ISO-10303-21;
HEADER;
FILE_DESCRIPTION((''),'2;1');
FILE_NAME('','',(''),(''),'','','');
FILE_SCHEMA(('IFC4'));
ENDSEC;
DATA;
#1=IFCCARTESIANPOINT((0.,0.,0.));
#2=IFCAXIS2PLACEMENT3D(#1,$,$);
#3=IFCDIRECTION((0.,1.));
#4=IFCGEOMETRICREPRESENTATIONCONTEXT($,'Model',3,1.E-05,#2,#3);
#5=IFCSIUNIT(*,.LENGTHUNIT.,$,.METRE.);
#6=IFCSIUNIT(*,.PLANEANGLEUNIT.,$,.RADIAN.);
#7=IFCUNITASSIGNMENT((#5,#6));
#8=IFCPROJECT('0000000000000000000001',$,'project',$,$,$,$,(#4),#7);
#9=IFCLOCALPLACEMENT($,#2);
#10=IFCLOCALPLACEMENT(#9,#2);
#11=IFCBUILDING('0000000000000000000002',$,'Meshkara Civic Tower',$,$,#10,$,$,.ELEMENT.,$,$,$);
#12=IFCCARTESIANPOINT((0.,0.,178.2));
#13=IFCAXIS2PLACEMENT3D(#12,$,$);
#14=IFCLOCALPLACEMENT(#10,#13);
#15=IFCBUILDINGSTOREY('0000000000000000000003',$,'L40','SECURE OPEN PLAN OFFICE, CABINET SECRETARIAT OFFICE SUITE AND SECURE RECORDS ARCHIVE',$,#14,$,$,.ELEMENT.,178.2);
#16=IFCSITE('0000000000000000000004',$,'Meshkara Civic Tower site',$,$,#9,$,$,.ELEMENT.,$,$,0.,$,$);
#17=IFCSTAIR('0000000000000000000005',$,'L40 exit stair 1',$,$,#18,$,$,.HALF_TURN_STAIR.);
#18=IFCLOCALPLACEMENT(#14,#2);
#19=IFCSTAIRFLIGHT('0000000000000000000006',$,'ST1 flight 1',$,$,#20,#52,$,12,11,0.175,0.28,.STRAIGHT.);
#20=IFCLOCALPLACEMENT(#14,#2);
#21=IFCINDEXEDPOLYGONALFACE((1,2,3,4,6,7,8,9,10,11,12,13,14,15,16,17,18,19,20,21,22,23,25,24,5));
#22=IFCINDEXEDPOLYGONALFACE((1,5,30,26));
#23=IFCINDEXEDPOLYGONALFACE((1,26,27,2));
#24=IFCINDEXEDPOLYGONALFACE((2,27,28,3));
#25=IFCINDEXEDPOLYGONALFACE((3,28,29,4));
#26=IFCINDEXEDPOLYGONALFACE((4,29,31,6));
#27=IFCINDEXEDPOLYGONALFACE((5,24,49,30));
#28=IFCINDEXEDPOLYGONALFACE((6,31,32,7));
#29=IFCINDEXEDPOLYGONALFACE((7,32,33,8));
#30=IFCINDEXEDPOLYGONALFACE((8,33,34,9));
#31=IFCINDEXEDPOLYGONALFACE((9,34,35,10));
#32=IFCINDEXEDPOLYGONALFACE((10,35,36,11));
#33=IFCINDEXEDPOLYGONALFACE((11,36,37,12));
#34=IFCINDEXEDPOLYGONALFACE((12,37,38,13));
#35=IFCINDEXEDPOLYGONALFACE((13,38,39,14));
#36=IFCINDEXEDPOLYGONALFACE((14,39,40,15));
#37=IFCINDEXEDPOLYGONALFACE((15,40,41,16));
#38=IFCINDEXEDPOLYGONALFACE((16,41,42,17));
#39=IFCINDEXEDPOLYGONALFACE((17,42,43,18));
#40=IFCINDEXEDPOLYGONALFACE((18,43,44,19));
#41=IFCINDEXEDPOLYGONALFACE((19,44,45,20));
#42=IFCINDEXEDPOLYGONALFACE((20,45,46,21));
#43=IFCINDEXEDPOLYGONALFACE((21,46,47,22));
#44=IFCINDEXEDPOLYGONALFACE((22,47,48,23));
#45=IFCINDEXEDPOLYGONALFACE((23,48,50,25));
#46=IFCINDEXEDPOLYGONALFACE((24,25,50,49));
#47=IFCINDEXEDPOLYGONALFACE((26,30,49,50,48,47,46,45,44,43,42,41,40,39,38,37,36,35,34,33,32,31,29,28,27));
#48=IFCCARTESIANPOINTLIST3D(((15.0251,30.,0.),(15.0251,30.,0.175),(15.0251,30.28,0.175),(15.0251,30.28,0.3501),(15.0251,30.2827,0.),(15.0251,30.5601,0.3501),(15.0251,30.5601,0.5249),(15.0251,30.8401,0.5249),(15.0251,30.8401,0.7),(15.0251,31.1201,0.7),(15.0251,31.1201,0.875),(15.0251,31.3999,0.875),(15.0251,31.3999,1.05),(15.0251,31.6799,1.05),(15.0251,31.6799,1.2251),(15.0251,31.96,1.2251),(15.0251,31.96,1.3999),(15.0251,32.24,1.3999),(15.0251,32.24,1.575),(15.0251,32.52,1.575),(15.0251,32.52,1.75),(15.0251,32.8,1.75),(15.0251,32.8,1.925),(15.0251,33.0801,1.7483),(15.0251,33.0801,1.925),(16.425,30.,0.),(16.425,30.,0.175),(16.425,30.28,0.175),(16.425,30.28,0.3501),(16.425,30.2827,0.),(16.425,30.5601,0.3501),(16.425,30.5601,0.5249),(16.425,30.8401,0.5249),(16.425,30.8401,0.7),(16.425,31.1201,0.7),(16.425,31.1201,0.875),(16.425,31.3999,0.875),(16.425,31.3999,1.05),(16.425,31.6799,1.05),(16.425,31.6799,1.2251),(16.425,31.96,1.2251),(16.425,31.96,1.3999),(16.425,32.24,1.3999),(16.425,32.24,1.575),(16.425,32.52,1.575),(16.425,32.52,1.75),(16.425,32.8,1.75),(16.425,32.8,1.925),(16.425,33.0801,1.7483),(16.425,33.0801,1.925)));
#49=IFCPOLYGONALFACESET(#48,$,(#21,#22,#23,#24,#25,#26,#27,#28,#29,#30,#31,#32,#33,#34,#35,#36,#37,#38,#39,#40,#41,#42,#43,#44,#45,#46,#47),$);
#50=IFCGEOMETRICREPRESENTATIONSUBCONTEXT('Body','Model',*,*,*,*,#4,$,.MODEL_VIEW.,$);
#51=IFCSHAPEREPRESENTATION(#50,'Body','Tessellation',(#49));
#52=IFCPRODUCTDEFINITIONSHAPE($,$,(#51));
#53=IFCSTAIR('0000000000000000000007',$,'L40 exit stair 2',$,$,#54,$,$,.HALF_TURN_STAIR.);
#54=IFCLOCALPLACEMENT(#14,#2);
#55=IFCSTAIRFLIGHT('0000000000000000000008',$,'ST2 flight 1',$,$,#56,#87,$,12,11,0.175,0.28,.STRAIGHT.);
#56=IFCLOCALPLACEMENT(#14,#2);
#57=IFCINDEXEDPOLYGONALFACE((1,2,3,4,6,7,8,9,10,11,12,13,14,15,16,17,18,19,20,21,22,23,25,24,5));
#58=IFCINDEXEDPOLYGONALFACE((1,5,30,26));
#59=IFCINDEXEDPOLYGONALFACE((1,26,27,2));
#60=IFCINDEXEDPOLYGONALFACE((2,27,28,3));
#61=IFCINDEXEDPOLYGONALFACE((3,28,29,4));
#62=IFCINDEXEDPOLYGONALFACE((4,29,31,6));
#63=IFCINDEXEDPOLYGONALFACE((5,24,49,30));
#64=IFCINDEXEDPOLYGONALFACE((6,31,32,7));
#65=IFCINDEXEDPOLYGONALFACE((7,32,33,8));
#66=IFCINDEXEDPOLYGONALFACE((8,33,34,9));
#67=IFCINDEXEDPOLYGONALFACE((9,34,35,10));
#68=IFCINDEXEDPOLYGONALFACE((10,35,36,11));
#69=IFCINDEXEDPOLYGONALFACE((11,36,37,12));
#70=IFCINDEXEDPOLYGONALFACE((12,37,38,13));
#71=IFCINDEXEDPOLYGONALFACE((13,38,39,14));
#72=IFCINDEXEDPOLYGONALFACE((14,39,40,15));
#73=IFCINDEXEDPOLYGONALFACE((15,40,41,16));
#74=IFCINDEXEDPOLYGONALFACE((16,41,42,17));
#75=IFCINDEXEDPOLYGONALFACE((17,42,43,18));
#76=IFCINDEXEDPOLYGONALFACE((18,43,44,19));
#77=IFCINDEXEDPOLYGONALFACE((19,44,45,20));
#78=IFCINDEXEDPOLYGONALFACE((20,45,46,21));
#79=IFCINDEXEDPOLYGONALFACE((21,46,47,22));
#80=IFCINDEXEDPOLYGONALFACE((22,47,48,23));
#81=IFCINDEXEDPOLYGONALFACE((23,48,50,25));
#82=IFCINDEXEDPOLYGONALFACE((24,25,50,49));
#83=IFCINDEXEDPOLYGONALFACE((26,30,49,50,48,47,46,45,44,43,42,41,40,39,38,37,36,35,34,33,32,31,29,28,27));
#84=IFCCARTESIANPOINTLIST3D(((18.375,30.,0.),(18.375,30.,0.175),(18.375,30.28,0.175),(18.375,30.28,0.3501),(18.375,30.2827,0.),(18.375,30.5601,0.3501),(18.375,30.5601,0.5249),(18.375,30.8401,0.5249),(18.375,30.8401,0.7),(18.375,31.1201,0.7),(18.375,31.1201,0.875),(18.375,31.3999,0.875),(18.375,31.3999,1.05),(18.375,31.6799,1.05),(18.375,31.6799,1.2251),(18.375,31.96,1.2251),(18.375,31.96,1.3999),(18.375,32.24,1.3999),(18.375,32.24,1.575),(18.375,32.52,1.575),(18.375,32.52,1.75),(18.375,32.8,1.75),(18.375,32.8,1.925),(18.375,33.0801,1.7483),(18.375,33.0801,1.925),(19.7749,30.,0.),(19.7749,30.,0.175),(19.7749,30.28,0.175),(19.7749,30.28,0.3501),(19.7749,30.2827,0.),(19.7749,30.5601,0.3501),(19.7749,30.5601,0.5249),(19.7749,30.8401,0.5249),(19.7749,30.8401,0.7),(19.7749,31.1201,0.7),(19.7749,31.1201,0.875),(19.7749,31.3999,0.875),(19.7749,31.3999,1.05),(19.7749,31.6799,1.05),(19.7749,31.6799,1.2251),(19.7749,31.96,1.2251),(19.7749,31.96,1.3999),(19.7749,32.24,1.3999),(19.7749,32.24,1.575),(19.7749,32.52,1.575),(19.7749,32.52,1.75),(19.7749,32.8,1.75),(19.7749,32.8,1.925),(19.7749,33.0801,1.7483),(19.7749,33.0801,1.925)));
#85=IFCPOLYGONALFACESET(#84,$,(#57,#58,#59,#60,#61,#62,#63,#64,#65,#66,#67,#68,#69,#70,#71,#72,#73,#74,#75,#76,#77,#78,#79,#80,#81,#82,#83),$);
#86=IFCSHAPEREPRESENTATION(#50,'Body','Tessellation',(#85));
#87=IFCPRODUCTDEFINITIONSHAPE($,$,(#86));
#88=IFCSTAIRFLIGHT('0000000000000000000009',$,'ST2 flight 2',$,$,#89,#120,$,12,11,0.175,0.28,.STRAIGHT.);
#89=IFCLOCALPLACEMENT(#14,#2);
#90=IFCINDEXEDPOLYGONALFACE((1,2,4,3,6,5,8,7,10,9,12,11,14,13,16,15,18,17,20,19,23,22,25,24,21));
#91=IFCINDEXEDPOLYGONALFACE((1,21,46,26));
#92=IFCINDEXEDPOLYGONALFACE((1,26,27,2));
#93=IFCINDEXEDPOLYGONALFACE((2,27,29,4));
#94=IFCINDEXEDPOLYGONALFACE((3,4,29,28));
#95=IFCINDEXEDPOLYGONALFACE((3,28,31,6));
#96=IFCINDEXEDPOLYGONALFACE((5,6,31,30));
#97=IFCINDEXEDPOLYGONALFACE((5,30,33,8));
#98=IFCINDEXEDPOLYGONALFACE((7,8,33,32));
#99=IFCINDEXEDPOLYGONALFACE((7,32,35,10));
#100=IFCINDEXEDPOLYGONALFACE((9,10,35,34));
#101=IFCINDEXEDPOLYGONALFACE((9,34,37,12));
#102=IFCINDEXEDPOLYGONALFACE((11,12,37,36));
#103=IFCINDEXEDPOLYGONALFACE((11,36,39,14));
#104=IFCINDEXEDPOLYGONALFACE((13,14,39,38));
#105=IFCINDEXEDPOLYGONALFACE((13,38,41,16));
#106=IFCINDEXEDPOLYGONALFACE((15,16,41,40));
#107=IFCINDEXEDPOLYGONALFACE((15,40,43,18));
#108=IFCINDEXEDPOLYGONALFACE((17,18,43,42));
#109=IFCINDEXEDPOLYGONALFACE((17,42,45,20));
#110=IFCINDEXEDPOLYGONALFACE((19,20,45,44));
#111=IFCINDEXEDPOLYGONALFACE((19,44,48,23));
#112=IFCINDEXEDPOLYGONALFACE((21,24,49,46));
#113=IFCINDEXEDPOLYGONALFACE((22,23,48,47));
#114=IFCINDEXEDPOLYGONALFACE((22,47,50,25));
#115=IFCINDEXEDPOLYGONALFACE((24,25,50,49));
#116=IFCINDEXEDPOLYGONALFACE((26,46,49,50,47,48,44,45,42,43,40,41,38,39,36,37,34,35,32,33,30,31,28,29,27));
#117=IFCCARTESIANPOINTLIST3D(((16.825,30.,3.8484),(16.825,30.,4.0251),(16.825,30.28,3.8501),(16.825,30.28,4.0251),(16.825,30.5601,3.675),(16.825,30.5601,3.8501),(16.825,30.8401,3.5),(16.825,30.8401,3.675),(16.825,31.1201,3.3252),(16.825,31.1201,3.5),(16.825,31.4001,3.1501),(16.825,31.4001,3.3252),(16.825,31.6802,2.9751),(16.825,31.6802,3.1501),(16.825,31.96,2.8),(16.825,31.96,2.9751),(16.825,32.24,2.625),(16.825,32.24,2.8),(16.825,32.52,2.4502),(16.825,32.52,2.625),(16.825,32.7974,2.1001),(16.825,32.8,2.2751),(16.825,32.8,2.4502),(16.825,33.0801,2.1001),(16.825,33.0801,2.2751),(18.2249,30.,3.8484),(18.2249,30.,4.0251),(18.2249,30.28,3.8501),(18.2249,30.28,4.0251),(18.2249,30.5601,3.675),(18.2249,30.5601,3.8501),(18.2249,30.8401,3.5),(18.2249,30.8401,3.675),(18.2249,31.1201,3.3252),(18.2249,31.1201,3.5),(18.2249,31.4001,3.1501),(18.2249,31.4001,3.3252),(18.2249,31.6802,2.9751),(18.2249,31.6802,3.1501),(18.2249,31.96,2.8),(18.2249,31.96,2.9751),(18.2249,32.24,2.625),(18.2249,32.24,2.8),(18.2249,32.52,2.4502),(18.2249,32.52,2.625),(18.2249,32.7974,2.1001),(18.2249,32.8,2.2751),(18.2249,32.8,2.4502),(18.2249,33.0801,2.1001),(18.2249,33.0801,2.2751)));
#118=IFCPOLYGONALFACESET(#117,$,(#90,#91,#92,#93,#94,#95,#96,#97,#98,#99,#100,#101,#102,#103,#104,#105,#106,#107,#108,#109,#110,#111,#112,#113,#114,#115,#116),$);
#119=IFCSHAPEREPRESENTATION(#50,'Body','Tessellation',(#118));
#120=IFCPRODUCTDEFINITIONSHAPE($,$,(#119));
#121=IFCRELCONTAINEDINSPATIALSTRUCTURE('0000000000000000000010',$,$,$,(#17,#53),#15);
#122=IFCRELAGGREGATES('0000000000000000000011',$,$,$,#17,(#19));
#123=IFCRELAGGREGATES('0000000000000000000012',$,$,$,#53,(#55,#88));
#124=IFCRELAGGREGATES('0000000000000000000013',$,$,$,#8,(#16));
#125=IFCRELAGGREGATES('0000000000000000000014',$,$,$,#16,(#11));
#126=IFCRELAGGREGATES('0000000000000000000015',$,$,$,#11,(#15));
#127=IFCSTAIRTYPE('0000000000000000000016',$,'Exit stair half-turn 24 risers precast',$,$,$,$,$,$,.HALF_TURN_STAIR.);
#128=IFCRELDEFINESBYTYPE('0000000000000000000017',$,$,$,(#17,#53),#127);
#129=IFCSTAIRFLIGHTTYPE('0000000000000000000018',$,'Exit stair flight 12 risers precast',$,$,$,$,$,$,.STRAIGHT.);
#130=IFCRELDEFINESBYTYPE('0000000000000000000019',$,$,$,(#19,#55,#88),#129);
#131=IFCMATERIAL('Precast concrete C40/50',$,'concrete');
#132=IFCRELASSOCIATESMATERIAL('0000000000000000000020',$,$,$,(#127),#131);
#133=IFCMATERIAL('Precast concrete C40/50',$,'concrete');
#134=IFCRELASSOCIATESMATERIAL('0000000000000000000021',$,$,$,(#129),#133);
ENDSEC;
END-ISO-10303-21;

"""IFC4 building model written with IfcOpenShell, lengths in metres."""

from ifc_helpers import new_model, si_unit, direction, frame, origin, place, context, subcontext, project, spatial, polyline, outline, extrude, material, type_object, element, aggregate, save


model = new_model("IFC4")

# Units and contexts
model_context = context("Model", 3, precision=1e-05, world=origin(), true_north=direction((0.0, 1.0)))
body_context = subcontext(model_context, "Body", "Model", "MODEL_VIEW")
ifc_project = project(units=[si_unit("LENGTHUNIT", "METRE"), si_unit("PLANEANGLEUNIT", "RADIAN")], contexts=[model_context])

# Site, building, storey
site_placement = place(None, origin())
site = spatial("IfcSite", under=ifc_project, at=site_placement, Name="Meshkara Civic Tower site", CompositionType="ELEMENT", RefElevation=0.0)
building_placement = place(site_placement, origin())
building = spatial("IfcBuilding", under=site, at=building_placement, Name="Meshkara Civic Tower", CompositionType="ELEMENT")
storey_placement = place(building_placement, frame((0.0, 0.0, 178.2)))
storey = spatial("IfcBuildingStorey", under=building, at=storey_placement, Name="L40", Description="SECURE OPEN PLAN OFFICE, CABINET SECRETARIAT OFFICE SUITE AND SECURE RECORDS ARCHIVE", CompositionType="ELEMENT", Elevation=178.2)

# Stair, stair flight
ifc_material_1 = material(Name="Precast concrete C40/50", Category="concrete")
stair_type = type_object("IfcStairType", Name="Exit stair half-turn 24 risers precast", PredefinedType="HALF_TURN_STAIR", material=ifc_material_1)
stair_1_placement = place(storey_placement, origin())
stair_1 = element("IfcStair", 1, at=stair_1_placement, inside=storey, type_object=stair_type, Name="L40 exit stair 1", PredefinedType="HALF_TURN_STAIR")
ifc_material_2 = material(Name="Precast concrete C40/50", Category="concrete")
stair_flight_type = type_object("IfcStairFlightType", Name="Exit stair flight 12 risers precast", PredefinedType="STRAIGHT", material=ifc_material_2)
stair_flight_1_placement = place(storey_placement, frame((15.7251, 30.0, 0.0), z_axis=(0.0, 0.0, 1.0), x_axis=(0.0, 1.0, 0.0)))
stair_flight_1 = element("IfcStairFlight", 2, at=stair_flight_1_placement, type_object=stair_flight_type, Name="ST1 flight 1", NumberOfRisers=12, NumberOfTreads=11, PredefinedType="STRAIGHT", RiserHeight=0.175, TreadLength=0.28, context=body_context, shape_type="SweptSolid", body=[
    extrude(outline(polyline([(0.0, 0.0), (0.0, 0.175), (0.28, 0.175), (0.28, 0.3501), (0.5601, 0.3501), (0.5601, 0.5249), (0.8401, 0.5249), (0.8401, 0.7), (1.1201, 0.7), (1.1201, 0.875), (1.3999, 0.875), (1.3999, 1.05), (1.6799, 1.05), (1.6799, 1.2251), (1.96, 1.2251), (1.96, 1.3999), (2.24, 1.3999), (2.24, 1.575), (2.52, 1.575), (2.52, 1.75), (2.8, 1.75), (2.8, 1.925), (3.0801, 1.925), (3.0801, 2.1001), (3.0801, 1.7483), (0.2827, 0.0), (0.0, 0.0)])), frame((0.0, 0.7, 0.0), z_axis=(0.0, -1.0, 0.0), x_axis=(1.0, 0.0, 0.0)), (0.0, 0.0, 1.0), 1.3999),
])
aggregate(stair_1, [stair_flight_1])

# Stair, stair flights
stair_2_placement = place(storey_placement, origin())
stair_2 = element("IfcStair", 3, at=stair_2_placement, inside=storey, type_object=stair_type, Name="L40 exit stair 2", PredefinedType="HALF_TURN_STAIR")
stair_flight_2_placement = place(storey_placement, frame((19.075, 30.0, 0.0), z_axis=(0.0, 0.0, 1.0), x_axis=(0.0, 1.0, 0.0)))
stair_flight_2 = element("IfcStairFlight", 4, at=stair_flight_2_placement, type_object=stair_flight_type, Name="ST2 flight 1", NumberOfRisers=12, NumberOfTreads=11, PredefinedType="STRAIGHT", RiserHeight=0.175, TreadLength=0.28, context=body_context, shape_type="SweptSolid", body=[
    extrude(outline(polyline([(0.0, 0.0), (0.0, 0.175), (0.28, 0.175), (0.28, 0.3501), (0.5601, 0.3501), (0.5601, 0.5249), (0.8401, 0.5249), (0.8401, 0.7), (1.1201, 0.7), (1.1201, 0.875), (1.3999, 0.875), (1.3999, 1.05), (1.6799, 1.05), (1.6799, 1.2251), (1.96, 1.2251), (1.96, 1.3999), (2.24, 1.3999), (2.24, 1.575), (2.52, 1.575), (2.52, 1.75), (2.8, 1.75), (2.8, 1.925), (3.0801, 1.925), (3.0801, 2.1001), (3.0801, 1.7483), (0.2827, 0.0), (0.0, 0.0)])), frame((0.0, 0.7, 0.0), z_axis=(0.0, -1.0, 0.0), x_axis=(1.0, 0.0, 0.0)), (0.0, 0.0, 1.0), 1.3999),
])
stair_flight_3_placement = place(storey_placement, frame((17.5249, 33.0801, 2.1001), z_axis=(0.0, 0.0, 1.0), x_axis=(0.0, -1.0, 0.0)))
stair_flight_3 = element("IfcStairFlight", 5, at=stair_flight_3_placement, type_object=stair_flight_type, Name="ST2 flight 2", NumberOfRisers=12, NumberOfTreads=11, PredefinedType="STRAIGHT", RiserHeight=0.175, TreadLength=0.28, context=body_context, shape_type="SweptSolid", body=[
    extrude(outline(polyline([(0.0, 0.0), (0.0, 0.175), (0.28, 0.175), (0.28, 0.3501), (0.5601, 0.3501), (0.5601, 0.5249), (0.8401, 0.5249), (0.8401, 0.7), (1.1201, 0.7), (1.1201, 0.875), (1.3999, 0.875), (1.3999, 1.05), (1.6799, 1.05), (1.6799, 1.2251), (1.96, 1.2251), (1.96, 1.3999), (2.24, 1.3999), (2.24, 1.575), (2.52, 1.575), (2.52, 1.75), (2.8, 1.75), (2.8, 1.925), (3.0801, 1.925), (3.0801, 2.1001), (3.0801, 1.7483), (0.2827, 0.0), (0.0, 0.0)])), frame((0.0, 0.7, 0.0), z_axis=(0.0, -1.0, 0.0), x_axis=(1.0, 0.0, 0.0)), (0.0, 0.0, 1.0), 1.3999),
])
aggregate(stair_2, [stair_flight_2, stair_flight_3])

save(model, "model.ifc")
